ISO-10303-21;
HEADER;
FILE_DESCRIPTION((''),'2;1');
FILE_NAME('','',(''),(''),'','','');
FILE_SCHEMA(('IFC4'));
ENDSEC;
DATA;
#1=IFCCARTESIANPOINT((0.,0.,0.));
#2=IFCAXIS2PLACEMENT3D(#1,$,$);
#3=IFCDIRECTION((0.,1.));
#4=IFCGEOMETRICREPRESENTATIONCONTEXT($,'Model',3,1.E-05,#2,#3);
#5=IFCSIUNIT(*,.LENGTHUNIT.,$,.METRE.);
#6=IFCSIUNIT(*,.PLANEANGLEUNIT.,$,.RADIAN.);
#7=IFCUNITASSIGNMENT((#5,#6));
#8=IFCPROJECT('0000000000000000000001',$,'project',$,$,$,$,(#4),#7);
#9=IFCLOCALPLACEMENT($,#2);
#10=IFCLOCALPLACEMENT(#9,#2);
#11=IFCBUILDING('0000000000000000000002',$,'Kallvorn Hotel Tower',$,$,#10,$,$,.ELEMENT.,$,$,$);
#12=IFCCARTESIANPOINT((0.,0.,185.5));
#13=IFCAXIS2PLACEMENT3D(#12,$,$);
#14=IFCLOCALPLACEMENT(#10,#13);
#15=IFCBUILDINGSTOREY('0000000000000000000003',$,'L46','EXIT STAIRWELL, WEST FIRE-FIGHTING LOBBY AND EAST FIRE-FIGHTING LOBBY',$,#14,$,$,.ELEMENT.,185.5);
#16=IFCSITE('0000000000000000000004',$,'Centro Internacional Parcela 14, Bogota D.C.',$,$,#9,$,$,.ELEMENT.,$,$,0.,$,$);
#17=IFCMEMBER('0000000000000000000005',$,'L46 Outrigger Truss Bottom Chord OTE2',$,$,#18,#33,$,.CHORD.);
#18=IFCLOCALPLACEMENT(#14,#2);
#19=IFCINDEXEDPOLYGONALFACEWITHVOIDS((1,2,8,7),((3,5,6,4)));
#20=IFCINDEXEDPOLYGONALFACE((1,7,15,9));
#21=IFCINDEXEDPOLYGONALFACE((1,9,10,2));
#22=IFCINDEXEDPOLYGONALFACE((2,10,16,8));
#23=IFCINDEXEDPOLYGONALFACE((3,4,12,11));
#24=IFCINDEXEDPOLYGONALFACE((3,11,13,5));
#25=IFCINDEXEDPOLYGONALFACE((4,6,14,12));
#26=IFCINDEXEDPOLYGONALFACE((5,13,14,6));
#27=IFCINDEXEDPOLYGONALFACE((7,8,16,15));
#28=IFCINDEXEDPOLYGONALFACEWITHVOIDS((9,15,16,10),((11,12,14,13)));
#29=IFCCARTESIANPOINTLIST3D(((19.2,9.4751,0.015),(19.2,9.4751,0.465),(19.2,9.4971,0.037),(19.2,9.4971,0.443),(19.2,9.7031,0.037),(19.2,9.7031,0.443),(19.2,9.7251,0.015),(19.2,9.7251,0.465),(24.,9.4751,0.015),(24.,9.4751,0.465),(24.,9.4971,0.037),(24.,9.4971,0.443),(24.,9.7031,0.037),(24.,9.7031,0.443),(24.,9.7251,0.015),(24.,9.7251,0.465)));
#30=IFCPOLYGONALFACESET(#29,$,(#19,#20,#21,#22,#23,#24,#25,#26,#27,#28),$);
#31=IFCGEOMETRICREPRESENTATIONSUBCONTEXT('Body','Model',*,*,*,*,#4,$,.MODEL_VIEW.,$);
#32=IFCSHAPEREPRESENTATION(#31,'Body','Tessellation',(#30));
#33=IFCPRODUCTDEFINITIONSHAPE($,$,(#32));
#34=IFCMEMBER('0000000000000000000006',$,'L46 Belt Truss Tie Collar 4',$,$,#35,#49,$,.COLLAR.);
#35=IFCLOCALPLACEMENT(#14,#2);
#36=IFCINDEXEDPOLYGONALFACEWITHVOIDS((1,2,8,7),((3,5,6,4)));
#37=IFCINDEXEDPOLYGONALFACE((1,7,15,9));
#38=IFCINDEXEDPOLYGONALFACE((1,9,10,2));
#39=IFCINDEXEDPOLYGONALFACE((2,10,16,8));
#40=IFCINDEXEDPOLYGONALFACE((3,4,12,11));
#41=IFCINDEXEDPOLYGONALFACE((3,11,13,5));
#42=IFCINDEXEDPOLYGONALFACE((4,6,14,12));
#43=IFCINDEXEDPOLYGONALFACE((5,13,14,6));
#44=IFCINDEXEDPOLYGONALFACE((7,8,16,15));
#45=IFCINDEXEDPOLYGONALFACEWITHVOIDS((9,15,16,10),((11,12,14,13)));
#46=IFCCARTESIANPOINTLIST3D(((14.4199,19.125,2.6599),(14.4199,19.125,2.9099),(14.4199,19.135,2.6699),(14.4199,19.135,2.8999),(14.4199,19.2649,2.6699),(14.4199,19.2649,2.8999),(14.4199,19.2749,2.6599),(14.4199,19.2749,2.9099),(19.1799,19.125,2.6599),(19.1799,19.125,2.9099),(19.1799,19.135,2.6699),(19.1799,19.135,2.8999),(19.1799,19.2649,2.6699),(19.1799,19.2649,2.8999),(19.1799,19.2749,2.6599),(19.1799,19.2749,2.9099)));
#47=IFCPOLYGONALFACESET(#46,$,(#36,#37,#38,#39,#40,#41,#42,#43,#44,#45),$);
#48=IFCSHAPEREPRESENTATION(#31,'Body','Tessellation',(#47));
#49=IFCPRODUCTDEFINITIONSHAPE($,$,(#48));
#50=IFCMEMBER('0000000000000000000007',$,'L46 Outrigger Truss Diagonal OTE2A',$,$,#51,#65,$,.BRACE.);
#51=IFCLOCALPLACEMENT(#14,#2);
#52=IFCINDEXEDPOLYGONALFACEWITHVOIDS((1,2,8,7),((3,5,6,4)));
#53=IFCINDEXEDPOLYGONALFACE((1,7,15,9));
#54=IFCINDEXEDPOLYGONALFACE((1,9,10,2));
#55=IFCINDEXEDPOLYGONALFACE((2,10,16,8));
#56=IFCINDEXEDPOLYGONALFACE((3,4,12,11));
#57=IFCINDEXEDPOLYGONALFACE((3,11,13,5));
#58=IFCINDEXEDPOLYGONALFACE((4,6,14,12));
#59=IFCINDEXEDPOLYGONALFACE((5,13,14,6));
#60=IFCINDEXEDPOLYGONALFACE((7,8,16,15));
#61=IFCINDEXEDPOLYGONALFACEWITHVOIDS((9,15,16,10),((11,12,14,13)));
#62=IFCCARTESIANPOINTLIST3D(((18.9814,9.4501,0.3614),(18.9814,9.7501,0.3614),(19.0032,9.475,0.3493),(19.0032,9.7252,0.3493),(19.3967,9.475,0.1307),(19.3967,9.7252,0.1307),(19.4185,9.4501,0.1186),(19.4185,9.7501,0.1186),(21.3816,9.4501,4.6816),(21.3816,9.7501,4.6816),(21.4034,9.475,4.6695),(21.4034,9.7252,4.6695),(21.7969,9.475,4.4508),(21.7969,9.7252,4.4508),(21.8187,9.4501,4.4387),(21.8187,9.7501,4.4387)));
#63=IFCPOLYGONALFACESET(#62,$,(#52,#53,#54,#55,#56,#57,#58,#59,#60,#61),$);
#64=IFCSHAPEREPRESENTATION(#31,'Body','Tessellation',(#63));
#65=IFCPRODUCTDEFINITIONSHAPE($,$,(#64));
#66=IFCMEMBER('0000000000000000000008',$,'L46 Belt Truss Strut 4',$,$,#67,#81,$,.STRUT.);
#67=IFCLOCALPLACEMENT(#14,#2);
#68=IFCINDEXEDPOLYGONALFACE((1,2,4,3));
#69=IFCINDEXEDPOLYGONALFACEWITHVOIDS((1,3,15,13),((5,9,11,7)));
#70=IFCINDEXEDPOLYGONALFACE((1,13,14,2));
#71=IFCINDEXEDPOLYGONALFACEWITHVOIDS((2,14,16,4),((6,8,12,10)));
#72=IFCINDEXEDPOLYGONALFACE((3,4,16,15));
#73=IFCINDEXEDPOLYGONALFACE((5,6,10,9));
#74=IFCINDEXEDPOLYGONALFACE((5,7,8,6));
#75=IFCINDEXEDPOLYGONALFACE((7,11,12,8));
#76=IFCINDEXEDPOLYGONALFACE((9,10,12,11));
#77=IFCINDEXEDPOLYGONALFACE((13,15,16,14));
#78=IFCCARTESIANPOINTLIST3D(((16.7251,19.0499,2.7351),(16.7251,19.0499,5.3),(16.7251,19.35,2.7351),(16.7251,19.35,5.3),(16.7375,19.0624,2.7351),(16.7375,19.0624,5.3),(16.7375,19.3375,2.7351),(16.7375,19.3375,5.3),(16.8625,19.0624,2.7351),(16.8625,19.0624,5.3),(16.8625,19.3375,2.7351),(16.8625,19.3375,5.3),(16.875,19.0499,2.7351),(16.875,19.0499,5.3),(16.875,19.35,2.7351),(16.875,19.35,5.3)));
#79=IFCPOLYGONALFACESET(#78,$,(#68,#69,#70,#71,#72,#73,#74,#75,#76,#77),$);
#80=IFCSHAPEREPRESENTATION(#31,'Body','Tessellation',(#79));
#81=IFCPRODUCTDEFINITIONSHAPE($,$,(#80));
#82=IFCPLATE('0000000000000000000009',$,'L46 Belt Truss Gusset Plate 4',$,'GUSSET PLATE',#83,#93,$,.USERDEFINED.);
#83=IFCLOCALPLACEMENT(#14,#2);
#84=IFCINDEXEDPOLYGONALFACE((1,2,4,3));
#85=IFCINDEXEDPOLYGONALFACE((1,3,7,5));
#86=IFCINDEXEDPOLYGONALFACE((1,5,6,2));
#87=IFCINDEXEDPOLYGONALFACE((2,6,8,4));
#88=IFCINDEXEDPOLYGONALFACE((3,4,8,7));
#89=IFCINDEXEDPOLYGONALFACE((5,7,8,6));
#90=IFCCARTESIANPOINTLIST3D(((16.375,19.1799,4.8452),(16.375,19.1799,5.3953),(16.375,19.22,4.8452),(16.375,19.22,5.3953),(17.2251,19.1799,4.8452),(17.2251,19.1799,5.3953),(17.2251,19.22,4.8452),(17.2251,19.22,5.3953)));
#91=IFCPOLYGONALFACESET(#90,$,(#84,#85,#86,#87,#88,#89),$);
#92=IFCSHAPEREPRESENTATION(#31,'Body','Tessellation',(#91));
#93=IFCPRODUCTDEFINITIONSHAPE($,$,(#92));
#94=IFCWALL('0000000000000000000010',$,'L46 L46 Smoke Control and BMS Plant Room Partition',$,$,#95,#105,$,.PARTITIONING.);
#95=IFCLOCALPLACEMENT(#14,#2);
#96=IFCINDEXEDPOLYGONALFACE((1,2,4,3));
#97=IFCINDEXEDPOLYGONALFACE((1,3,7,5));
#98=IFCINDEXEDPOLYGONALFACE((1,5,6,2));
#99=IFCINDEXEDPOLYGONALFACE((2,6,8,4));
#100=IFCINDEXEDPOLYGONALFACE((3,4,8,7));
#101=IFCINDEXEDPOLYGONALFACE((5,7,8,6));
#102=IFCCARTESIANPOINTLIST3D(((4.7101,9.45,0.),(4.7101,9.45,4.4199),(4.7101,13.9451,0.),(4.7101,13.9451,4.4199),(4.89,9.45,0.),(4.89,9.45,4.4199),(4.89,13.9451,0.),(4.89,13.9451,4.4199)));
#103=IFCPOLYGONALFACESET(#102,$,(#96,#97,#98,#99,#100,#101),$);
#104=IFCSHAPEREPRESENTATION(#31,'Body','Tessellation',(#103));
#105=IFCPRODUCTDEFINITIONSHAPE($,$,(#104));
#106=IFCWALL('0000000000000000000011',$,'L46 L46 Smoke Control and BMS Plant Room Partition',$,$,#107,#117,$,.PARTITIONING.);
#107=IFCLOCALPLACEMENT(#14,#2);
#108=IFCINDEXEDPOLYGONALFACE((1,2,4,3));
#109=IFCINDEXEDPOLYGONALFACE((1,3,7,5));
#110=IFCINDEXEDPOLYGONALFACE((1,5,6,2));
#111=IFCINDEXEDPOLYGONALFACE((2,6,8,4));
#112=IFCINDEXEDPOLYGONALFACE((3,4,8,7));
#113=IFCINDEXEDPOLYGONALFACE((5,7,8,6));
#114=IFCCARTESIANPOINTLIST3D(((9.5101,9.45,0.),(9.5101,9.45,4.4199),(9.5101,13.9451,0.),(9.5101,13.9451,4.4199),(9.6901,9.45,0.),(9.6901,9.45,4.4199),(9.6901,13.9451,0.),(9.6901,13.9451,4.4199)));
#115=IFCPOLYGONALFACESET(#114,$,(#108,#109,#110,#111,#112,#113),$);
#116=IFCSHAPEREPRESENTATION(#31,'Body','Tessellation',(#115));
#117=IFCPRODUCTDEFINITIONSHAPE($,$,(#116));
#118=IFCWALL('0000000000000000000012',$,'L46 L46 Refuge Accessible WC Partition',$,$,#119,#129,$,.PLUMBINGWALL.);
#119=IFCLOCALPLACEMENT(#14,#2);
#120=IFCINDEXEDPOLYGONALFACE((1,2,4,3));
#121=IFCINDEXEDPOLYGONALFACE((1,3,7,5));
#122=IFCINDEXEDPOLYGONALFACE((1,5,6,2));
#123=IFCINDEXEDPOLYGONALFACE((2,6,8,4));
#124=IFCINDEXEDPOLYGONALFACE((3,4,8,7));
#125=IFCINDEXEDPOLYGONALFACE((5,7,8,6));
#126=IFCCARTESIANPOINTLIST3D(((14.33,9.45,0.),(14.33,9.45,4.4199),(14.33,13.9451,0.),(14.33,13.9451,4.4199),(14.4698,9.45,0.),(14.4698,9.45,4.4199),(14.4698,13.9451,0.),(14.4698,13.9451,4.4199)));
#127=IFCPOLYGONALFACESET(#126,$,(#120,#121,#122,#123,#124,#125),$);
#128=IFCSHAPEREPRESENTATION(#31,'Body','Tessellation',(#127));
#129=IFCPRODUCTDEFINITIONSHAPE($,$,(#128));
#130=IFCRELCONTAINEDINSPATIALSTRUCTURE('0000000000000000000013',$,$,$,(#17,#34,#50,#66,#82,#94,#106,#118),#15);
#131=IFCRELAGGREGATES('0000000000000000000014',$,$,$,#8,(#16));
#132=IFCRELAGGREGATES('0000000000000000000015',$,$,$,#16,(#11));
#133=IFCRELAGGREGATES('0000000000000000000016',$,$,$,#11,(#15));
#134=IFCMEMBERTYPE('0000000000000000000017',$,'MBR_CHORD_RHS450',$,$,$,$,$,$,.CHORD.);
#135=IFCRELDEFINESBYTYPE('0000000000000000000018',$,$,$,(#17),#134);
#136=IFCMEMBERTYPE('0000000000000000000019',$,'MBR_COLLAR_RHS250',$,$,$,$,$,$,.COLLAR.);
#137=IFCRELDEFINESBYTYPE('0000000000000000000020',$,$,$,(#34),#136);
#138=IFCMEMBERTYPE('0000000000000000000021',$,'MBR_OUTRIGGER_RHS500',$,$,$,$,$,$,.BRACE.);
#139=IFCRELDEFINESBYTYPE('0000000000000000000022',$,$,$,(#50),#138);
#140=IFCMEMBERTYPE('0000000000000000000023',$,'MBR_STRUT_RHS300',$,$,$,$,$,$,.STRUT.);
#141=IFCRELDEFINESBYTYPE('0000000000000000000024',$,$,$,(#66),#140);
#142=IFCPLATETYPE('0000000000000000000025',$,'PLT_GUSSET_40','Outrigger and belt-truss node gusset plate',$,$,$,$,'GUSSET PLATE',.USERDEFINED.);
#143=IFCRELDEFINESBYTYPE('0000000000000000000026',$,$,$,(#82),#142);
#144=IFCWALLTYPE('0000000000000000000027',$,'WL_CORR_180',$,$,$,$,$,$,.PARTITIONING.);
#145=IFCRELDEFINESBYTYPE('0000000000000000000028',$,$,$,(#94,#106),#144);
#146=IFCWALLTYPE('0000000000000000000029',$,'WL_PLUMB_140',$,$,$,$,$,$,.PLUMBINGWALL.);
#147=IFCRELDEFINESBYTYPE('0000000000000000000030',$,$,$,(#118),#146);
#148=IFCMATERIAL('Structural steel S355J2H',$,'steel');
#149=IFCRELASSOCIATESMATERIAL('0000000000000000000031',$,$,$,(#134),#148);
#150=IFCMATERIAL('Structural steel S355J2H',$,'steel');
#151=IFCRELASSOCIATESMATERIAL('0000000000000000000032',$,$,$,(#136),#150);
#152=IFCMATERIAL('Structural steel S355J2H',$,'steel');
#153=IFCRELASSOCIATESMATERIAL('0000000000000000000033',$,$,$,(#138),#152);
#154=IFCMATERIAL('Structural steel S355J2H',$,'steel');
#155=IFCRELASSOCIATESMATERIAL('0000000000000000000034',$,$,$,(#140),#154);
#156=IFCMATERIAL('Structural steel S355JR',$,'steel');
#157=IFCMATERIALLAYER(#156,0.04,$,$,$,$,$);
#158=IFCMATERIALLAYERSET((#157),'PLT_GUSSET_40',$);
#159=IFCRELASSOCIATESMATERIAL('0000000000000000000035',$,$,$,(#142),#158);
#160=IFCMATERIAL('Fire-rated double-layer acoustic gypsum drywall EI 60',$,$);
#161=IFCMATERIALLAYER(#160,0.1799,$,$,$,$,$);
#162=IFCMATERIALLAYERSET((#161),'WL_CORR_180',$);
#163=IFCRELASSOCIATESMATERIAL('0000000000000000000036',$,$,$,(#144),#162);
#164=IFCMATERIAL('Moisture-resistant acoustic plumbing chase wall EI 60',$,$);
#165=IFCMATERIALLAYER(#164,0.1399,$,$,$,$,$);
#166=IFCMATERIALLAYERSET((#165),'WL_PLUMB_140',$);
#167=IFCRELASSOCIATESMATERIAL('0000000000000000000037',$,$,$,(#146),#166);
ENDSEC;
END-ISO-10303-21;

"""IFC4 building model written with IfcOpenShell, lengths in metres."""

from ifc_helpers import new_model, si_unit, direction, frame, frame_2d, origin, origin_2d, place, context, subcontext, project, spatial, rectangle, hollow_rectangle, extrude, material, layer, layer_set, material_profile, profile_set, type_object, element, save


model = new_model("IFC4")

# Units and contexts
model_context = context("Model", 3, precision=1e-05, world=origin(), true_north=direction((0.0, 1.0)))
body_context = subcontext(model_context, "Body", "Model", "MODEL_VIEW")
ifc_project = project(units=[si_unit("LENGTHUNIT", "METRE"), si_unit("PLANEANGLEUNIT", "RADIAN")], contexts=[model_context])

# Site, building, storey
site_placement = place(None, origin())
site = spatial("IfcSite", under=ifc_project, at=site_placement, Name="Centro Internacional Parcela 14, Bogota D.C.", CompositionType="ELEMENT", RefElevation=0.0)
building_placement = place(site_placement, origin())
building = spatial("IfcBuilding", under=site, at=building_placement, Name="Kallvorn Hotel Tower", CompositionType="ELEMENT")
storey_placement = place(building_placement, frame((0.0, 0.0, 185.5)))
storey = spatial("IfcBuildingStorey", under=building, at=storey_placement, Name="L46", Description="EXIT STAIRWELL, WEST FIRE-FIGHTING LOBBY AND EAST FIRE-FIGHTING LOBBY", CompositionType="ELEMENT", Elevation=185.5)

# Members
ifc_material_1 = material(Name="Structural steel S355J2H", Category="steel")
ifc_material_profile_1 = material_profile(ifc_material_1, hollow_rectangle(XDim=0.25, YDim=0.45, WallThickness=0.022, at=origin_2d()), Name="RHS 450x250x22")
ifc_profile_set_1 = profile_set([ifc_material_profile_1], Name="Structural steel S355J2H")
member_type_1 = type_object("IfcMemberType", Name="MBR_CHORD_RHS450", PredefinedType="CHORD", material=ifc_profile_set_1)
member_1_placement = place(storey_placement, frame((19.2, 9.6001, 0.24), z_axis=(1.0, 0.0, 0.0), x_axis=(0.0, 1.0, 0.0)))
element("IfcMember", 1, at=member_1_placement, inside=storey, type_object=member_type_1, Name="L46 Outrigger Truss Bottom Chord OTE2", PredefinedType="CHORD", context=body_context, shape_type="SweptSolid", body=[
    extrude(hollow_rectangle(XDim=0.25, YDim=0.45, WallThickness=0.022, at=origin_2d()), origin(), (0.0, 0.0, 1.0), 4.8),
])
ifc_material_2 = material(Name="Structural steel S355J2H", Category="steel")
ifc_material_profile_2 = material_profile(ifc_material_2, hollow_rectangle(XDim=0.1499, YDim=0.25, WallThickness=0.01, at=origin_2d()), Name="RHS 250x150x10")
ifc_profile_set_2 = profile_set([ifc_material_profile_2], Name="Structural steel S355J2H")
member_type_2 = type_object("IfcMemberType", Name="MBR_COLLAR_RHS250", PredefinedType="COLLAR", material=ifc_profile_set_2)
member_2_placement = place(storey_placement, frame((14.4199, 19.2, 2.7849), z_axis=(1.0, 0.0, 0.0), x_axis=(0.0, 1.0, 0.0)))
element("IfcMember", 2, at=member_2_placement, inside=storey, type_object=member_type_2, Name="L46 Belt Truss Tie Collar 4", PredefinedType="COLLAR", context=body_context, shape_type="SweptSolid", body=[
    extrude(hollow_rectangle(XDim=0.1499, YDim=0.25, WallThickness=0.01, at=origin_2d()), origin(), (0.0, 0.0, 1.0), 4.76),
])
ifc_material_3 = material(Name="Structural steel S355J2H", Category="steel")
ifc_material_profile_3 = material_profile(ifc_material_3, hollow_rectangle(XDim=0.3, YDim=0.5, WallThickness=0.0249, at=origin_2d()), Name="RHS 500x300x25")
ifc_profile_set_3 = profile_set([ifc_material_profile_3], Name="Structural steel S355J2H")
member_type_3 = type_object("IfcMemberType", Name="MBR_OUTRIGGER_RHS500", PredefinedType="BRACE", material=ifc_profile_set_3)
member_3_placement = place(storey_placement, frame((19.2, 9.6001, 0.24), z_axis=(0.48566, 0.0, 0.874148), x_axis=(0.0, 1.0, 0.0)))
element("IfcMember", 3, at=member_3_placement, inside=storey, type_object=member_type_3, Name="L46 Outrigger Truss Diagonal OTE2A", PredefinedType="BRACE", context=body_context, shape_type="SweptSolid", body=[
    extrude(hollow_rectangle(XDim=0.3, YDim=0.5, WallThickness=0.0249, at=origin_2d()), origin(), (0.0, 0.0, 1.0), 4.9421),
])
ifc_material_4 = material(Name="Structural steel S355J2H", Category="steel")
ifc_material_profile_4 = material_profile(ifc_material_4, hollow_rectangle(XDim=0.1499, YDim=0.3, WallThickness=0.0125, at=origin_2d()), Name="RHS 300x150x12.5")
ifc_profile_set_4 = profile_set([ifc_material_profile_4], Name="Structural steel S355J2H")
member_type_4 = type_object("IfcMemberType", Name="MBR_STRUT_RHS300", PredefinedType="STRUT", material=ifc_profile_set_4)
member_4_placement = place(storey_placement, frame((16.8, 19.2, 2.7351), z_axis=(0.0, 0.0, 1.0), x_axis=(1.0, 0.0, 0.0)))
element("IfcMember", 4, at=member_4_placement, inside=storey, type_object=member_type_4, Name="L46 Belt Truss Strut 4", PredefinedType="STRUT", context=body_context, shape_type="SweptSolid", body=[
    extrude(hollow_rectangle(XDim=0.1499, YDim=0.3, WallThickness=0.0125, at=origin_2d()), origin(), (0.0, 0.0, 1.0), 2.5649),
])

# Plate
ifc_material_5 = material(Name="Structural steel S355JR", Category="steel")
ifc_layer_1 = layer(ifc_material_5, 0.04)
ifc_layer_set_1 = layer_set([ifc_layer_1], Name="PLT_GUSSET_40")
plate_type = type_object("IfcPlateType", Name="PLT_GUSSET_40", Description="Outrigger and belt-truss node gusset plate", ElementType="GUSSET PLATE", PredefinedType="USERDEFINED", material=ifc_layer_set_1)
plate_placement = place(storey_placement, frame((16.8, 19.2, 4.8452), z_axis=(0.0, 0.0, 1.0), x_axis=(1.0, 0.0, 0.0)))
element("IfcPlate", 5, at=plate_placement, inside=storey, type_object=plate_type, Name="L46 Belt Truss Gusset Plate 4", ObjectType="GUSSET PLATE", PredefinedType="USERDEFINED", context=body_context, shape_type="SweptSolid", body=[
    extrude(rectangle(XDim=0.8501, YDim=0.04, at=origin_2d()), origin(), (0.0, 0.0, 1.0), 0.55),
])

# Walls
ifc_material_6 = material(Name="Fire-rated double-layer acoustic gypsum drywall EI 60")
ifc_layer_2 = layer(ifc_material_6, 0.1799)
ifc_layer_set_2 = layer_set([ifc_layer_2], Name="WL_CORR_180")
wall_type_1 = type_object("IfcWallType", Name="WL_CORR_180", PredefinedType="PARTITIONING", material=ifc_layer_set_2)
for number, where, z_axis, x_axis, name in (
    (6, (4.8, 9.45, 0.0), (0.0, 0.0, 1.0), (0.0, 1.0, 0.0), "L46 L46 Smoke Control and BMS Plant Room Partition"),
    (7, (9.6001, 9.45, 0.0), (0.0, 0.0, 1.0), (0.0, 1.0, 0.0), "L46 L46 Smoke Control and BMS Plant Room Partition"),
):
    element("IfcWall", number, at=place(storey_placement, frame(where, z_axis=z_axis, x_axis=x_axis)), inside=storey, type_object=wall_type_1, Name=name, PredefinedType="PARTITIONING", context=body_context, shape_type="SweptSolid", body=[
        extrude(rectangle(XDim=4.4951, YDim=0.1799, at=frame_2d((2.2476, 0.0))), origin(), (0.0, 0.0, 1.0), 4.4199),
    ])
ifc_material_7 = material(Name="Moisture-resistant acoustic plumbing chase wall EI 60")
ifc_layer_3 = layer(ifc_material_7, 0.1399)
ifc_layer_set_3 = layer_set([ifc_layer_3], Name="WL_PLUMB_140")
wall_type_2 = type_object("IfcWallType", Name="WL_PLUMB_140", PredefinedType="PLUMBINGWALL", material=ifc_layer_set_3)
wall_placement = place(storey_placement, frame((14.3999, 9.45, 0.0), z_axis=(0.0, 0.0, 1.0), x_axis=(0.0, 1.0, 0.0)))
element("IfcWall", 8, at=wall_placement, inside=storey, type_object=wall_type_2, Name="L46 L46 Refuge Accessible WC Partition", PredefinedType="PLUMBINGWALL", context=body_context, shape_type="SweptSolid", body=[
    extrude(rectangle(XDim=4.4951, YDim=0.1399, at=frame_2d((2.2476, 0.0))), origin(), (0.0, 0.0, 1.0), 4.4199),
])

save(model, "model.ifc")
